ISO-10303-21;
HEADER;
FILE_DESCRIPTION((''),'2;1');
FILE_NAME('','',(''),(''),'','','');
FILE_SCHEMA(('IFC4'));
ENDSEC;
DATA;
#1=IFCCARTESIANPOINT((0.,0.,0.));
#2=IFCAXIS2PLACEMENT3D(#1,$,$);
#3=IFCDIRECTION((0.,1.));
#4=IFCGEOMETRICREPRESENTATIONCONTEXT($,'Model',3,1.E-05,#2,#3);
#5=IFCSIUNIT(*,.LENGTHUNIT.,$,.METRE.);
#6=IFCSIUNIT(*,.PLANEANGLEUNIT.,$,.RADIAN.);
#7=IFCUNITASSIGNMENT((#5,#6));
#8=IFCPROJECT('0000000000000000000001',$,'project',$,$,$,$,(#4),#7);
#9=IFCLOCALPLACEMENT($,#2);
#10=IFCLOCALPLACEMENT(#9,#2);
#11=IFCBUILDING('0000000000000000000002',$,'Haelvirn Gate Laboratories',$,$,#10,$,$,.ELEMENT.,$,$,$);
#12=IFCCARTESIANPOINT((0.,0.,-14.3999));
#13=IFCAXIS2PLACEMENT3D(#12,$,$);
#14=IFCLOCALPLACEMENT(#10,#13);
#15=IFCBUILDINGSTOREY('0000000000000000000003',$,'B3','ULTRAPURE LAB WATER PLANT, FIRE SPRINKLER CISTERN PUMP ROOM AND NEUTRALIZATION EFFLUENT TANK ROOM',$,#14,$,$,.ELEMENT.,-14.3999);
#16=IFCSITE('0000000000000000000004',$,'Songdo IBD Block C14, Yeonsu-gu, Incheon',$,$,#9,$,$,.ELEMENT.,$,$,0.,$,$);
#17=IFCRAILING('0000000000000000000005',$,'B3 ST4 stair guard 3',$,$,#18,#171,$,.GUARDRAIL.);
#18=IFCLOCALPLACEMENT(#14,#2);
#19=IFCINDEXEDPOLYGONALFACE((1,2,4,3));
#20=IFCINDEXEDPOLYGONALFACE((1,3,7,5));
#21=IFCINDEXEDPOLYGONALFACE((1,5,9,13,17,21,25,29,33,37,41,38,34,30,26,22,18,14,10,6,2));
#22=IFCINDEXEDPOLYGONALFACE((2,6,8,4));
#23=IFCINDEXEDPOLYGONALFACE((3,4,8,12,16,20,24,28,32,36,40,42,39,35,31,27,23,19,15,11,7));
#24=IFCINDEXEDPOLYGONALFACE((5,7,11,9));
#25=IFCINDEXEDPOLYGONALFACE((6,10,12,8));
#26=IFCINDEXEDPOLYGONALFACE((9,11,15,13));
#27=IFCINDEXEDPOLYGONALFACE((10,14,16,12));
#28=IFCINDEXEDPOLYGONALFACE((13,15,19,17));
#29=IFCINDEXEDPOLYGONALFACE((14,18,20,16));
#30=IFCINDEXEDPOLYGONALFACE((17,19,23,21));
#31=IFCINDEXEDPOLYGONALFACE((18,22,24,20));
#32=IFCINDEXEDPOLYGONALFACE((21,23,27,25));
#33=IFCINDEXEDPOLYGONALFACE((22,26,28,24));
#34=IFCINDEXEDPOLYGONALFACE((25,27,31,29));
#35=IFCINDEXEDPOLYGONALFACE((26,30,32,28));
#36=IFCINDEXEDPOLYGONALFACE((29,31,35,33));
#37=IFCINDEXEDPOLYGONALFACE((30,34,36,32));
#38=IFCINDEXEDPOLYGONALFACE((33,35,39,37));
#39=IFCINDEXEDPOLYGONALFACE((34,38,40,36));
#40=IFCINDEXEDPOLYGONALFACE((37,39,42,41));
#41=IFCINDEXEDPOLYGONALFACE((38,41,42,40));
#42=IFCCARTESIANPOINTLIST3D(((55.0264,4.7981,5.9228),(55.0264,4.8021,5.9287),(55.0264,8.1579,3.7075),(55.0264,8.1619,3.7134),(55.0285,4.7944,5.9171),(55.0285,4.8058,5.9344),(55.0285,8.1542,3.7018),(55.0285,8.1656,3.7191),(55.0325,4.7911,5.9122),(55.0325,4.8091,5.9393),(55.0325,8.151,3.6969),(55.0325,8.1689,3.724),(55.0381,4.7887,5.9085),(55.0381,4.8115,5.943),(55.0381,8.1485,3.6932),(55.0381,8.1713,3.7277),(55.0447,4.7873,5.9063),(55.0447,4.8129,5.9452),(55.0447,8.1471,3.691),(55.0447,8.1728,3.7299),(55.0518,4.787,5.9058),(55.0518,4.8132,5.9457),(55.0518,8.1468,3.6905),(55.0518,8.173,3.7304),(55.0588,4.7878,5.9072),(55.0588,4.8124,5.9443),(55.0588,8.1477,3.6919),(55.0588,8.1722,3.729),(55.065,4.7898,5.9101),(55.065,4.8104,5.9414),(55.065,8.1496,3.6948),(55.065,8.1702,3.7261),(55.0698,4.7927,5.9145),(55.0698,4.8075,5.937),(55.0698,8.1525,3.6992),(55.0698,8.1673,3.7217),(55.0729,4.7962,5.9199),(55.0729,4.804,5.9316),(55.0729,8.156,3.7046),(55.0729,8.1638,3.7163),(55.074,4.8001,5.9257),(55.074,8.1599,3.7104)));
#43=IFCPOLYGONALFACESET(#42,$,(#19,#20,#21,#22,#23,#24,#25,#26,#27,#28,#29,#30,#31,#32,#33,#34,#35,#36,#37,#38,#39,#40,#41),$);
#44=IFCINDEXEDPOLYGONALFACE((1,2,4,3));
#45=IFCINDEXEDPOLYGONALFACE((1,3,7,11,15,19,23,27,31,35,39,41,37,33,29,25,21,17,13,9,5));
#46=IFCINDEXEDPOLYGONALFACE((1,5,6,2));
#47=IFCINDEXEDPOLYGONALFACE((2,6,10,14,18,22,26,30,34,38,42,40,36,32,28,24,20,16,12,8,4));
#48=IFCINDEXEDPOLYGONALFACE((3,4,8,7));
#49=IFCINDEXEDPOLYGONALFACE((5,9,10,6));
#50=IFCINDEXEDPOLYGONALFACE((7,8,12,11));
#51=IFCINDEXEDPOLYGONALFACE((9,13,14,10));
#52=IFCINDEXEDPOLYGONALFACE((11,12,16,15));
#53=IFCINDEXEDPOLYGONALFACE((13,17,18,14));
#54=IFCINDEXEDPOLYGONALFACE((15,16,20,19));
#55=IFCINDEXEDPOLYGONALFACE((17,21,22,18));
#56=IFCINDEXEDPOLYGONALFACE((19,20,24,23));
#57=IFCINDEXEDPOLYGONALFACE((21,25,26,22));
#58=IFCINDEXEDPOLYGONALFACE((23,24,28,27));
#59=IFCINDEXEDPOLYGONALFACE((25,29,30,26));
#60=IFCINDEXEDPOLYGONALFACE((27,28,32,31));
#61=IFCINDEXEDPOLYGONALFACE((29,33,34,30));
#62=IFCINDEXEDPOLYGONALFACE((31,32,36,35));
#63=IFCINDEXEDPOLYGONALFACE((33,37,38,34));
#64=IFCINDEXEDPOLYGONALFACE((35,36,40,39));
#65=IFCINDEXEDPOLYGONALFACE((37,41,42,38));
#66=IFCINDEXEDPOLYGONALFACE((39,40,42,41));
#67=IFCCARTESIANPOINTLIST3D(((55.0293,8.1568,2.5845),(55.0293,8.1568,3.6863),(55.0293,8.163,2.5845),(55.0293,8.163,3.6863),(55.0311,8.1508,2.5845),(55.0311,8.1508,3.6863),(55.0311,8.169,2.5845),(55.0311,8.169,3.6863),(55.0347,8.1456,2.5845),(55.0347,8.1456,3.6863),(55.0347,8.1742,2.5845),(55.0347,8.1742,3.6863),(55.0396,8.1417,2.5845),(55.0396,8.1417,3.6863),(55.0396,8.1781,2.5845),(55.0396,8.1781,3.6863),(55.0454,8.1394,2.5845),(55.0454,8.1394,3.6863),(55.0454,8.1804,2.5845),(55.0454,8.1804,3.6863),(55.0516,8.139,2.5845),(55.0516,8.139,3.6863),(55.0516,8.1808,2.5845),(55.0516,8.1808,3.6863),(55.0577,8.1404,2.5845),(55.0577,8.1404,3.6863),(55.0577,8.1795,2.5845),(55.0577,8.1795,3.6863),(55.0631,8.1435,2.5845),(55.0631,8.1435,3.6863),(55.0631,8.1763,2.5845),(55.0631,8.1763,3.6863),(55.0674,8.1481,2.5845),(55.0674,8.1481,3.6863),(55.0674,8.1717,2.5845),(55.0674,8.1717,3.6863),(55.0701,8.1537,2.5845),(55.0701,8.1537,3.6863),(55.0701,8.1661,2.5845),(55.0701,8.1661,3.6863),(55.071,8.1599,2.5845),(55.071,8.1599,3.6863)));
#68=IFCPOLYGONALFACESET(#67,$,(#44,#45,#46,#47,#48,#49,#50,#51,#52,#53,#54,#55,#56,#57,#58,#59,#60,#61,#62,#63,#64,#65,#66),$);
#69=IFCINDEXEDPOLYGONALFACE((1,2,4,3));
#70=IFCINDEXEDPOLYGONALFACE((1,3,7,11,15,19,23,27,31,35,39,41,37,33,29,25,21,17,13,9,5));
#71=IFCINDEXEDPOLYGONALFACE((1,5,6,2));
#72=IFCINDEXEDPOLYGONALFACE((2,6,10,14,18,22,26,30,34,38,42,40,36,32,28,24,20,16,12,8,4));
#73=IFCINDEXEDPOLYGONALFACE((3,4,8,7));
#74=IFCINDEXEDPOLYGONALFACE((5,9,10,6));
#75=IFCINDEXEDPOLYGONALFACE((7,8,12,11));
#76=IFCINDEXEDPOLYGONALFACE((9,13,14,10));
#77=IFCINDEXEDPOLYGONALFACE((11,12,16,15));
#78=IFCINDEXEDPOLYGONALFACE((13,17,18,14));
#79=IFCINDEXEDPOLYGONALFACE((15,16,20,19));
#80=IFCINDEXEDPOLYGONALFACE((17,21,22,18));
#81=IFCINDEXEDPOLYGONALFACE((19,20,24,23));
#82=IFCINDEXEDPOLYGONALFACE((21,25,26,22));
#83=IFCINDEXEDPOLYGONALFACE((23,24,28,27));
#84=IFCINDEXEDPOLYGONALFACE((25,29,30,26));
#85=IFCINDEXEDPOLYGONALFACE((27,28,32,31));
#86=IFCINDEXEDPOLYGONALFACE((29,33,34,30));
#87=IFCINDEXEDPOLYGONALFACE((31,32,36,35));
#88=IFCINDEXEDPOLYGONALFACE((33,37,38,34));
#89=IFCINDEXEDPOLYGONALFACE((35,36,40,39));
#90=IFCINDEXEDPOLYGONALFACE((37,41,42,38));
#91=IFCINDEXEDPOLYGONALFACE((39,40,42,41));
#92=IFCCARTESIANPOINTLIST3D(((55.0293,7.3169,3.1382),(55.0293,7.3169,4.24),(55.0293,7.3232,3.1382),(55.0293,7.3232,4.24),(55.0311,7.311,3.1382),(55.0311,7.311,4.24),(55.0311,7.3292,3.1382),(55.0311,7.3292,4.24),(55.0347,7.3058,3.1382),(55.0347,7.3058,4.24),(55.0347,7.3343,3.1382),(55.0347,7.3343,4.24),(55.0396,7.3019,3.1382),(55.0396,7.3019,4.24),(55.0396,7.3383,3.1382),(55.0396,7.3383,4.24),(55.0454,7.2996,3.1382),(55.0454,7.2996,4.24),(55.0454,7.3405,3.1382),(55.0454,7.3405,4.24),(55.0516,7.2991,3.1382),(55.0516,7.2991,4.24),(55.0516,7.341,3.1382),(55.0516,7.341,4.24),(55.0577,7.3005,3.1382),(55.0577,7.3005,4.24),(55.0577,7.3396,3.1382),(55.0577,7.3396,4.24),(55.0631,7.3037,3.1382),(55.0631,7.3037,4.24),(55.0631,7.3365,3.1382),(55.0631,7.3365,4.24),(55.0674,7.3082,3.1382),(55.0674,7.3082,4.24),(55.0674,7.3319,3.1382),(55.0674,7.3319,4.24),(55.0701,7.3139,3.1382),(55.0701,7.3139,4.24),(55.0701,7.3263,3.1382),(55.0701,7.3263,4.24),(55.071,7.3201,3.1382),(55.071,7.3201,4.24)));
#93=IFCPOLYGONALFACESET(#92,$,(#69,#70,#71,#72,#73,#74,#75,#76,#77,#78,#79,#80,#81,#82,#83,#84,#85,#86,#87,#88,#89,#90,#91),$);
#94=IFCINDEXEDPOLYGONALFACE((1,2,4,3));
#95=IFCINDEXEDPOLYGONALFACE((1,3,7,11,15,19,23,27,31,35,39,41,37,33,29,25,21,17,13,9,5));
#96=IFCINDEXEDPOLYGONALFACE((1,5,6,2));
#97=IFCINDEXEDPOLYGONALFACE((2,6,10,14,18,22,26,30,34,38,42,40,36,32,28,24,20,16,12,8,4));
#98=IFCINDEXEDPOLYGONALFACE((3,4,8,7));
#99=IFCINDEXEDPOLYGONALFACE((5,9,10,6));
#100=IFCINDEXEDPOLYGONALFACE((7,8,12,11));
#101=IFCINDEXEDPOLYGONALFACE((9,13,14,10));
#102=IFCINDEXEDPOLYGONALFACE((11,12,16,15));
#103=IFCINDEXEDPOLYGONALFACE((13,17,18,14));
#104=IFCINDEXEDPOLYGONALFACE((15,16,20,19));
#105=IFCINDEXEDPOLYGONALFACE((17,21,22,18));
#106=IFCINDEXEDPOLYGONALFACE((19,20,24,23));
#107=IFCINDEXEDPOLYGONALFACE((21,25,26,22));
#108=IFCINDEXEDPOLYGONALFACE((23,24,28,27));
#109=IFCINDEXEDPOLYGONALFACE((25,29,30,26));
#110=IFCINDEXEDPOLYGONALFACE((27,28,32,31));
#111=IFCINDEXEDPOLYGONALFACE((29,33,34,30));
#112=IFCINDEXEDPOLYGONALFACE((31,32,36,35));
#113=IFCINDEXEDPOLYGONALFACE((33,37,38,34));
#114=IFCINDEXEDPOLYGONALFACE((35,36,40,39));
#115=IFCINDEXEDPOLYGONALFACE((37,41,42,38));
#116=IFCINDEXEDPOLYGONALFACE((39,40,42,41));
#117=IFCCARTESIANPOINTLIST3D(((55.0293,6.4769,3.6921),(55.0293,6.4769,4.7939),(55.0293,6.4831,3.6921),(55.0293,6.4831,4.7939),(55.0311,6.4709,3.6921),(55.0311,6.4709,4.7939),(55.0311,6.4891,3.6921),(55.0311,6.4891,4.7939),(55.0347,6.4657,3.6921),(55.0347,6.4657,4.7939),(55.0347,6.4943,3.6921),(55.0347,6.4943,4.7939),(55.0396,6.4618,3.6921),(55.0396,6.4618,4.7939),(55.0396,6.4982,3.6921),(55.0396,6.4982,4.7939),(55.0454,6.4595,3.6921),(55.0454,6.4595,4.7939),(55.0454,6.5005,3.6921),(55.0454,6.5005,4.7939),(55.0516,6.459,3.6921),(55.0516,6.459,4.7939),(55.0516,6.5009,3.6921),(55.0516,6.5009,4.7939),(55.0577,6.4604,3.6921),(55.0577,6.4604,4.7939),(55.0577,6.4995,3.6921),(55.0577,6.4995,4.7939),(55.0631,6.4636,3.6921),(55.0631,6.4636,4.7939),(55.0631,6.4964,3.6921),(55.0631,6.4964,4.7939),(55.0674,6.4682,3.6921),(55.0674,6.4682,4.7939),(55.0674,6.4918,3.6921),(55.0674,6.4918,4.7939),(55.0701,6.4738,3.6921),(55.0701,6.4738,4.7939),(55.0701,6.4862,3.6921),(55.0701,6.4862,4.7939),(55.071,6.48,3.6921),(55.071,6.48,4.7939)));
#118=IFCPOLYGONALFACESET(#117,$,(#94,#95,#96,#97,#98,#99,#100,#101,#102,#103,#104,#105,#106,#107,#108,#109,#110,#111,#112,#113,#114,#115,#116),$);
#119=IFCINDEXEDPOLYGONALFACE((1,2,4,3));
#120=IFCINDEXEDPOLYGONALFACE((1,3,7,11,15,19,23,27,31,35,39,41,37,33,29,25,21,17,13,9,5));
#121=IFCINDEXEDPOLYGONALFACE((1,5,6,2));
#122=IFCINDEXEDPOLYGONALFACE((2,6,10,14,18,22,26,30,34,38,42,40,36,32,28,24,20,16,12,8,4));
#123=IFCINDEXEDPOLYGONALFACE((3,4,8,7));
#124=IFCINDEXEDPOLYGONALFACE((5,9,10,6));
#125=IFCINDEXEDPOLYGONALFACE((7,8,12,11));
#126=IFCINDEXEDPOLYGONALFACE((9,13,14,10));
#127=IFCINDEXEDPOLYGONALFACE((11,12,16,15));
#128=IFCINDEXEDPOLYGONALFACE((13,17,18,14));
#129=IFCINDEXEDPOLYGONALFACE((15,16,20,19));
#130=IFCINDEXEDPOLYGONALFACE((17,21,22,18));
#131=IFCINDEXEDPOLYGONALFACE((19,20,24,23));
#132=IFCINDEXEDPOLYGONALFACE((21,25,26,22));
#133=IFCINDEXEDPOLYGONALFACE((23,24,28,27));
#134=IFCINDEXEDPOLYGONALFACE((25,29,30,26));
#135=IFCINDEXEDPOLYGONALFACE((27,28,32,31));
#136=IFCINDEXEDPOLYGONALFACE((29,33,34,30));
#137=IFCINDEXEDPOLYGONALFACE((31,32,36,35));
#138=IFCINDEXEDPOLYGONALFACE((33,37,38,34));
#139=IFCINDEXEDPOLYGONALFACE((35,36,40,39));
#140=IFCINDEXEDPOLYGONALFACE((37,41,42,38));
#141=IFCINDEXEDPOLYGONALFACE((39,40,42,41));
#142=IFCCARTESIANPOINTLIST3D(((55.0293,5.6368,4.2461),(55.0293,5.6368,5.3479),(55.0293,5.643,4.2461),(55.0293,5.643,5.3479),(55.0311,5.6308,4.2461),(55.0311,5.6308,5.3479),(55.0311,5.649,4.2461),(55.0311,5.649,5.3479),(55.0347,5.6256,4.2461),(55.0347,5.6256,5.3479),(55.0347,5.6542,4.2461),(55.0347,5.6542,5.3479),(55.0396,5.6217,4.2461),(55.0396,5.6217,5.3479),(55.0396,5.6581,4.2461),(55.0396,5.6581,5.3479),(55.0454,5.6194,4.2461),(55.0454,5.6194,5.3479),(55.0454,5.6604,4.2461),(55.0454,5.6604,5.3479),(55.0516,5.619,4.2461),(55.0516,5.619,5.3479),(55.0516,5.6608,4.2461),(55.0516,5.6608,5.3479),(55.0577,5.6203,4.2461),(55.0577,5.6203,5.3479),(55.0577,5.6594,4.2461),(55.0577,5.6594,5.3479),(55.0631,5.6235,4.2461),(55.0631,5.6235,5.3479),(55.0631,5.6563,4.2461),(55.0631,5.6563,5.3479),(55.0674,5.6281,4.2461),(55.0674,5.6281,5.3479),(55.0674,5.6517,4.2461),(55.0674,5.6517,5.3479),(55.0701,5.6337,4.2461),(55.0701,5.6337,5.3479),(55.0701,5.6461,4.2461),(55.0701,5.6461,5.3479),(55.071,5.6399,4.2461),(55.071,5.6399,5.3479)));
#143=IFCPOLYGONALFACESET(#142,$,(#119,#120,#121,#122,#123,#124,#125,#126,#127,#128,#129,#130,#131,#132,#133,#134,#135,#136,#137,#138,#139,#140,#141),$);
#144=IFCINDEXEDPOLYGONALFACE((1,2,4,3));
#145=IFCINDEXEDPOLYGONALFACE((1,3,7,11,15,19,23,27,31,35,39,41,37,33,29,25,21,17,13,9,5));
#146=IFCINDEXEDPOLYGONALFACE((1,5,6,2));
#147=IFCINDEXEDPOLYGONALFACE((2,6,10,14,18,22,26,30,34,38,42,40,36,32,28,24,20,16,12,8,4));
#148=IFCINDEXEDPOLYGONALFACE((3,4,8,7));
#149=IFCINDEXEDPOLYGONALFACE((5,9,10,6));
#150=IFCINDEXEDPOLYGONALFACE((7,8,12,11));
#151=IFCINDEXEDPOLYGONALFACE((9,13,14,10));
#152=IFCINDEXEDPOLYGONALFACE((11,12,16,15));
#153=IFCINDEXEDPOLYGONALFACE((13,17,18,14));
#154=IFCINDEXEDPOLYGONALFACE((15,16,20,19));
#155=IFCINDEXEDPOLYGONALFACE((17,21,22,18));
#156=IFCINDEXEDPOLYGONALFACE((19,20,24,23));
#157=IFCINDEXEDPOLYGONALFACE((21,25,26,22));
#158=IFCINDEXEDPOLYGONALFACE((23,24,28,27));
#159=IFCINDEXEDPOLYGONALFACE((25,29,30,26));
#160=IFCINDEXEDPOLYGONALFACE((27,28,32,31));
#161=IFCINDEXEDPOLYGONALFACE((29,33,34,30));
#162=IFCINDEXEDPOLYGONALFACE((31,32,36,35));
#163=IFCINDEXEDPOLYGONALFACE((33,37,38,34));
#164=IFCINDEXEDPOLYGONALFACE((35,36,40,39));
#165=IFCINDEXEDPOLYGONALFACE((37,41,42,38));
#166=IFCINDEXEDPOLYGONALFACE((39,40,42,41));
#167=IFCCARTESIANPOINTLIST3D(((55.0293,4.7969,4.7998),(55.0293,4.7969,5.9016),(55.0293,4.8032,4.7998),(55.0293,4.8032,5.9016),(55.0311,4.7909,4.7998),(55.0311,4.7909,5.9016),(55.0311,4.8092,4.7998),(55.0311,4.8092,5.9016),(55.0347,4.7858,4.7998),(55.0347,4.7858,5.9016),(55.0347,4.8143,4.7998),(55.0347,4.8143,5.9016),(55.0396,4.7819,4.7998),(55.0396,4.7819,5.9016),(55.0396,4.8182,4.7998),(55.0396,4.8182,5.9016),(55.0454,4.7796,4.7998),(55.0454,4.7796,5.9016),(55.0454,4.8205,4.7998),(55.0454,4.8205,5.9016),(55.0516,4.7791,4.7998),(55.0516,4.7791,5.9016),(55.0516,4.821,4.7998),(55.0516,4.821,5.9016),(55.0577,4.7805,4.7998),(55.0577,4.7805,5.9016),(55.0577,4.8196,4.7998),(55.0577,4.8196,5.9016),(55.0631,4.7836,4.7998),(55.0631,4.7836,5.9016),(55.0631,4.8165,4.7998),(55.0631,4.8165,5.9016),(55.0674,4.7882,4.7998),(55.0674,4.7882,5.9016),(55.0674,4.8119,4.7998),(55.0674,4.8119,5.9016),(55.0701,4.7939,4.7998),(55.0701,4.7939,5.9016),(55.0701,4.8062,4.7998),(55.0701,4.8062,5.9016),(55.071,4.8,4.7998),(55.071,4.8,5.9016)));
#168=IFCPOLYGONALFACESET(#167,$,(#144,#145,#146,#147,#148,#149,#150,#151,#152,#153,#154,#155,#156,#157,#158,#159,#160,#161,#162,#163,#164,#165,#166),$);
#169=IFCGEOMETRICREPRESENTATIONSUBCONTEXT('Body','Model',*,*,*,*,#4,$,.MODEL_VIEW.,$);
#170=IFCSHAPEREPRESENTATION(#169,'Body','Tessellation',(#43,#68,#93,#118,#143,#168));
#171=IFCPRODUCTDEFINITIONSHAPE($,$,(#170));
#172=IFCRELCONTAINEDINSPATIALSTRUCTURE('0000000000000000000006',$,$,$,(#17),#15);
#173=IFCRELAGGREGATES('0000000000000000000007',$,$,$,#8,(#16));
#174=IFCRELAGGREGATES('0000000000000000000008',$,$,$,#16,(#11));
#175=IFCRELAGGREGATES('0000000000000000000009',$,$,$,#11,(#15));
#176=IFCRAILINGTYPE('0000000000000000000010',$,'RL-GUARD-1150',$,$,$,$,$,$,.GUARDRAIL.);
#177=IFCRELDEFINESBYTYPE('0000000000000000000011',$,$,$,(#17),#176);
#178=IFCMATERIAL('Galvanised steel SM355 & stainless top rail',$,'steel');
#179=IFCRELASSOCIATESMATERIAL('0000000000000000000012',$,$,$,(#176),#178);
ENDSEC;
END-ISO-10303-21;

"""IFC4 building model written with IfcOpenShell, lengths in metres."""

from ifc_helpers import new_model, si_unit, direction, frame, origin, origin_2d, place, context, subcontext, project, spatial, circle, extrude, source, transform, mapped, material, type_object, element, save


model = new_model("IFC4")

# Units and contexts
model_context = context("Model", 3, precision=1e-05, world=origin(), true_north=direction((0.0, 1.0)))
body_context = subcontext(model_context, "Body", "Model", "MODEL_VIEW")
ifc_project = project(units=[si_unit("LENGTHUNIT", "METRE"), si_unit("PLANEANGLEUNIT", "RADIAN")], contexts=[model_context])

# Site, building, storey
site_placement = place(None, origin())
site = spatial("IfcSite", under=ifc_project, at=site_placement, Name="Songdo IBD Block C14, Yeonsu-gu, Incheon", CompositionType="ELEMENT", RefElevation=0.0)
building_placement = place(site_placement, origin())
building = spatial("IfcBuilding", under=site, at=building_placement, Name="Haelvirn Gate Laboratories", CompositionType="ELEMENT")
storey_placement = place(building_placement, frame((0.0, 0.0, -14.3999)))
storey = spatial("IfcBuildingStorey", under=building, at=storey_placement, Name="B3", Description="ULTRAPURE LAB WATER PLANT, FIRE SPRINKLER CISTERN PUMP ROOM AND NEUTRALIZATION EFFLUENT TANK ROOM", CompositionType="ELEMENT", Elevation=-14.3999)

# Railing
ifc_material_1 = material(Name="Galvanised steel SM355 & stainless top rail", Category="steel")
railing_type_1 = type_object("IfcRailingType", Name="RL-GUARD-1150", PredefinedType="GUARDRAIL", material=ifc_material_1)
shared_shape_1 = source(origin(), body_context, "Body", "SweptSolid", [
    extrude(circle(Radius=0.0239, at=origin_2d()), frame((0.0, 0.0, 1.126), z_axis=(0.0, -0.834858, 0.550465), x_axis=(1.0, 0.0, 0.0)), (0.0, 0.0, 1.0), 4.0244),
    extrude(circle(Radius=0.021, at=origin_2d()), origin(), (0.0, 0.0, 1.0), 1.1018),
    extrude(circle(Radius=0.021, at=origin_2d()), frame((0.0, -0.8398, 0.5537)), (0.0, 0.0, 1.0), 1.1018),
    extrude(circle(Radius=0.021, at=origin_2d()), frame((0.0, -1.6799, 1.1077)), (0.0, 0.0, 1.0), 1.1018),
    extrude(circle(Radius=0.021, at=origin_2d()), frame((0.0, -2.52, 1.6616)), (0.0, 0.0, 1.0), 1.1018),
    extrude(circle(Radius=0.021, at=origin_2d()), frame((0.0, -3.3599, 2.2153)), (0.0, 0.0, 1.0), 1.1018),
])
railing_1_placement = place(storey_placement, frame((55.05, 8.1599, 2.5845)))
element("IfcRailing", 1, at=railing_1_placement, inside=storey, type_object=railing_type_1, Name="B3 ST4 stair guard 3", PredefinedType="GUARDRAIL", context=body_context, shape_type="MappedRepresentation", body=[
    mapped(shared_shape_1, transform((0.0, 0.0, 0.0), scale=1.0)),
])

save(model, "model.ifc")
